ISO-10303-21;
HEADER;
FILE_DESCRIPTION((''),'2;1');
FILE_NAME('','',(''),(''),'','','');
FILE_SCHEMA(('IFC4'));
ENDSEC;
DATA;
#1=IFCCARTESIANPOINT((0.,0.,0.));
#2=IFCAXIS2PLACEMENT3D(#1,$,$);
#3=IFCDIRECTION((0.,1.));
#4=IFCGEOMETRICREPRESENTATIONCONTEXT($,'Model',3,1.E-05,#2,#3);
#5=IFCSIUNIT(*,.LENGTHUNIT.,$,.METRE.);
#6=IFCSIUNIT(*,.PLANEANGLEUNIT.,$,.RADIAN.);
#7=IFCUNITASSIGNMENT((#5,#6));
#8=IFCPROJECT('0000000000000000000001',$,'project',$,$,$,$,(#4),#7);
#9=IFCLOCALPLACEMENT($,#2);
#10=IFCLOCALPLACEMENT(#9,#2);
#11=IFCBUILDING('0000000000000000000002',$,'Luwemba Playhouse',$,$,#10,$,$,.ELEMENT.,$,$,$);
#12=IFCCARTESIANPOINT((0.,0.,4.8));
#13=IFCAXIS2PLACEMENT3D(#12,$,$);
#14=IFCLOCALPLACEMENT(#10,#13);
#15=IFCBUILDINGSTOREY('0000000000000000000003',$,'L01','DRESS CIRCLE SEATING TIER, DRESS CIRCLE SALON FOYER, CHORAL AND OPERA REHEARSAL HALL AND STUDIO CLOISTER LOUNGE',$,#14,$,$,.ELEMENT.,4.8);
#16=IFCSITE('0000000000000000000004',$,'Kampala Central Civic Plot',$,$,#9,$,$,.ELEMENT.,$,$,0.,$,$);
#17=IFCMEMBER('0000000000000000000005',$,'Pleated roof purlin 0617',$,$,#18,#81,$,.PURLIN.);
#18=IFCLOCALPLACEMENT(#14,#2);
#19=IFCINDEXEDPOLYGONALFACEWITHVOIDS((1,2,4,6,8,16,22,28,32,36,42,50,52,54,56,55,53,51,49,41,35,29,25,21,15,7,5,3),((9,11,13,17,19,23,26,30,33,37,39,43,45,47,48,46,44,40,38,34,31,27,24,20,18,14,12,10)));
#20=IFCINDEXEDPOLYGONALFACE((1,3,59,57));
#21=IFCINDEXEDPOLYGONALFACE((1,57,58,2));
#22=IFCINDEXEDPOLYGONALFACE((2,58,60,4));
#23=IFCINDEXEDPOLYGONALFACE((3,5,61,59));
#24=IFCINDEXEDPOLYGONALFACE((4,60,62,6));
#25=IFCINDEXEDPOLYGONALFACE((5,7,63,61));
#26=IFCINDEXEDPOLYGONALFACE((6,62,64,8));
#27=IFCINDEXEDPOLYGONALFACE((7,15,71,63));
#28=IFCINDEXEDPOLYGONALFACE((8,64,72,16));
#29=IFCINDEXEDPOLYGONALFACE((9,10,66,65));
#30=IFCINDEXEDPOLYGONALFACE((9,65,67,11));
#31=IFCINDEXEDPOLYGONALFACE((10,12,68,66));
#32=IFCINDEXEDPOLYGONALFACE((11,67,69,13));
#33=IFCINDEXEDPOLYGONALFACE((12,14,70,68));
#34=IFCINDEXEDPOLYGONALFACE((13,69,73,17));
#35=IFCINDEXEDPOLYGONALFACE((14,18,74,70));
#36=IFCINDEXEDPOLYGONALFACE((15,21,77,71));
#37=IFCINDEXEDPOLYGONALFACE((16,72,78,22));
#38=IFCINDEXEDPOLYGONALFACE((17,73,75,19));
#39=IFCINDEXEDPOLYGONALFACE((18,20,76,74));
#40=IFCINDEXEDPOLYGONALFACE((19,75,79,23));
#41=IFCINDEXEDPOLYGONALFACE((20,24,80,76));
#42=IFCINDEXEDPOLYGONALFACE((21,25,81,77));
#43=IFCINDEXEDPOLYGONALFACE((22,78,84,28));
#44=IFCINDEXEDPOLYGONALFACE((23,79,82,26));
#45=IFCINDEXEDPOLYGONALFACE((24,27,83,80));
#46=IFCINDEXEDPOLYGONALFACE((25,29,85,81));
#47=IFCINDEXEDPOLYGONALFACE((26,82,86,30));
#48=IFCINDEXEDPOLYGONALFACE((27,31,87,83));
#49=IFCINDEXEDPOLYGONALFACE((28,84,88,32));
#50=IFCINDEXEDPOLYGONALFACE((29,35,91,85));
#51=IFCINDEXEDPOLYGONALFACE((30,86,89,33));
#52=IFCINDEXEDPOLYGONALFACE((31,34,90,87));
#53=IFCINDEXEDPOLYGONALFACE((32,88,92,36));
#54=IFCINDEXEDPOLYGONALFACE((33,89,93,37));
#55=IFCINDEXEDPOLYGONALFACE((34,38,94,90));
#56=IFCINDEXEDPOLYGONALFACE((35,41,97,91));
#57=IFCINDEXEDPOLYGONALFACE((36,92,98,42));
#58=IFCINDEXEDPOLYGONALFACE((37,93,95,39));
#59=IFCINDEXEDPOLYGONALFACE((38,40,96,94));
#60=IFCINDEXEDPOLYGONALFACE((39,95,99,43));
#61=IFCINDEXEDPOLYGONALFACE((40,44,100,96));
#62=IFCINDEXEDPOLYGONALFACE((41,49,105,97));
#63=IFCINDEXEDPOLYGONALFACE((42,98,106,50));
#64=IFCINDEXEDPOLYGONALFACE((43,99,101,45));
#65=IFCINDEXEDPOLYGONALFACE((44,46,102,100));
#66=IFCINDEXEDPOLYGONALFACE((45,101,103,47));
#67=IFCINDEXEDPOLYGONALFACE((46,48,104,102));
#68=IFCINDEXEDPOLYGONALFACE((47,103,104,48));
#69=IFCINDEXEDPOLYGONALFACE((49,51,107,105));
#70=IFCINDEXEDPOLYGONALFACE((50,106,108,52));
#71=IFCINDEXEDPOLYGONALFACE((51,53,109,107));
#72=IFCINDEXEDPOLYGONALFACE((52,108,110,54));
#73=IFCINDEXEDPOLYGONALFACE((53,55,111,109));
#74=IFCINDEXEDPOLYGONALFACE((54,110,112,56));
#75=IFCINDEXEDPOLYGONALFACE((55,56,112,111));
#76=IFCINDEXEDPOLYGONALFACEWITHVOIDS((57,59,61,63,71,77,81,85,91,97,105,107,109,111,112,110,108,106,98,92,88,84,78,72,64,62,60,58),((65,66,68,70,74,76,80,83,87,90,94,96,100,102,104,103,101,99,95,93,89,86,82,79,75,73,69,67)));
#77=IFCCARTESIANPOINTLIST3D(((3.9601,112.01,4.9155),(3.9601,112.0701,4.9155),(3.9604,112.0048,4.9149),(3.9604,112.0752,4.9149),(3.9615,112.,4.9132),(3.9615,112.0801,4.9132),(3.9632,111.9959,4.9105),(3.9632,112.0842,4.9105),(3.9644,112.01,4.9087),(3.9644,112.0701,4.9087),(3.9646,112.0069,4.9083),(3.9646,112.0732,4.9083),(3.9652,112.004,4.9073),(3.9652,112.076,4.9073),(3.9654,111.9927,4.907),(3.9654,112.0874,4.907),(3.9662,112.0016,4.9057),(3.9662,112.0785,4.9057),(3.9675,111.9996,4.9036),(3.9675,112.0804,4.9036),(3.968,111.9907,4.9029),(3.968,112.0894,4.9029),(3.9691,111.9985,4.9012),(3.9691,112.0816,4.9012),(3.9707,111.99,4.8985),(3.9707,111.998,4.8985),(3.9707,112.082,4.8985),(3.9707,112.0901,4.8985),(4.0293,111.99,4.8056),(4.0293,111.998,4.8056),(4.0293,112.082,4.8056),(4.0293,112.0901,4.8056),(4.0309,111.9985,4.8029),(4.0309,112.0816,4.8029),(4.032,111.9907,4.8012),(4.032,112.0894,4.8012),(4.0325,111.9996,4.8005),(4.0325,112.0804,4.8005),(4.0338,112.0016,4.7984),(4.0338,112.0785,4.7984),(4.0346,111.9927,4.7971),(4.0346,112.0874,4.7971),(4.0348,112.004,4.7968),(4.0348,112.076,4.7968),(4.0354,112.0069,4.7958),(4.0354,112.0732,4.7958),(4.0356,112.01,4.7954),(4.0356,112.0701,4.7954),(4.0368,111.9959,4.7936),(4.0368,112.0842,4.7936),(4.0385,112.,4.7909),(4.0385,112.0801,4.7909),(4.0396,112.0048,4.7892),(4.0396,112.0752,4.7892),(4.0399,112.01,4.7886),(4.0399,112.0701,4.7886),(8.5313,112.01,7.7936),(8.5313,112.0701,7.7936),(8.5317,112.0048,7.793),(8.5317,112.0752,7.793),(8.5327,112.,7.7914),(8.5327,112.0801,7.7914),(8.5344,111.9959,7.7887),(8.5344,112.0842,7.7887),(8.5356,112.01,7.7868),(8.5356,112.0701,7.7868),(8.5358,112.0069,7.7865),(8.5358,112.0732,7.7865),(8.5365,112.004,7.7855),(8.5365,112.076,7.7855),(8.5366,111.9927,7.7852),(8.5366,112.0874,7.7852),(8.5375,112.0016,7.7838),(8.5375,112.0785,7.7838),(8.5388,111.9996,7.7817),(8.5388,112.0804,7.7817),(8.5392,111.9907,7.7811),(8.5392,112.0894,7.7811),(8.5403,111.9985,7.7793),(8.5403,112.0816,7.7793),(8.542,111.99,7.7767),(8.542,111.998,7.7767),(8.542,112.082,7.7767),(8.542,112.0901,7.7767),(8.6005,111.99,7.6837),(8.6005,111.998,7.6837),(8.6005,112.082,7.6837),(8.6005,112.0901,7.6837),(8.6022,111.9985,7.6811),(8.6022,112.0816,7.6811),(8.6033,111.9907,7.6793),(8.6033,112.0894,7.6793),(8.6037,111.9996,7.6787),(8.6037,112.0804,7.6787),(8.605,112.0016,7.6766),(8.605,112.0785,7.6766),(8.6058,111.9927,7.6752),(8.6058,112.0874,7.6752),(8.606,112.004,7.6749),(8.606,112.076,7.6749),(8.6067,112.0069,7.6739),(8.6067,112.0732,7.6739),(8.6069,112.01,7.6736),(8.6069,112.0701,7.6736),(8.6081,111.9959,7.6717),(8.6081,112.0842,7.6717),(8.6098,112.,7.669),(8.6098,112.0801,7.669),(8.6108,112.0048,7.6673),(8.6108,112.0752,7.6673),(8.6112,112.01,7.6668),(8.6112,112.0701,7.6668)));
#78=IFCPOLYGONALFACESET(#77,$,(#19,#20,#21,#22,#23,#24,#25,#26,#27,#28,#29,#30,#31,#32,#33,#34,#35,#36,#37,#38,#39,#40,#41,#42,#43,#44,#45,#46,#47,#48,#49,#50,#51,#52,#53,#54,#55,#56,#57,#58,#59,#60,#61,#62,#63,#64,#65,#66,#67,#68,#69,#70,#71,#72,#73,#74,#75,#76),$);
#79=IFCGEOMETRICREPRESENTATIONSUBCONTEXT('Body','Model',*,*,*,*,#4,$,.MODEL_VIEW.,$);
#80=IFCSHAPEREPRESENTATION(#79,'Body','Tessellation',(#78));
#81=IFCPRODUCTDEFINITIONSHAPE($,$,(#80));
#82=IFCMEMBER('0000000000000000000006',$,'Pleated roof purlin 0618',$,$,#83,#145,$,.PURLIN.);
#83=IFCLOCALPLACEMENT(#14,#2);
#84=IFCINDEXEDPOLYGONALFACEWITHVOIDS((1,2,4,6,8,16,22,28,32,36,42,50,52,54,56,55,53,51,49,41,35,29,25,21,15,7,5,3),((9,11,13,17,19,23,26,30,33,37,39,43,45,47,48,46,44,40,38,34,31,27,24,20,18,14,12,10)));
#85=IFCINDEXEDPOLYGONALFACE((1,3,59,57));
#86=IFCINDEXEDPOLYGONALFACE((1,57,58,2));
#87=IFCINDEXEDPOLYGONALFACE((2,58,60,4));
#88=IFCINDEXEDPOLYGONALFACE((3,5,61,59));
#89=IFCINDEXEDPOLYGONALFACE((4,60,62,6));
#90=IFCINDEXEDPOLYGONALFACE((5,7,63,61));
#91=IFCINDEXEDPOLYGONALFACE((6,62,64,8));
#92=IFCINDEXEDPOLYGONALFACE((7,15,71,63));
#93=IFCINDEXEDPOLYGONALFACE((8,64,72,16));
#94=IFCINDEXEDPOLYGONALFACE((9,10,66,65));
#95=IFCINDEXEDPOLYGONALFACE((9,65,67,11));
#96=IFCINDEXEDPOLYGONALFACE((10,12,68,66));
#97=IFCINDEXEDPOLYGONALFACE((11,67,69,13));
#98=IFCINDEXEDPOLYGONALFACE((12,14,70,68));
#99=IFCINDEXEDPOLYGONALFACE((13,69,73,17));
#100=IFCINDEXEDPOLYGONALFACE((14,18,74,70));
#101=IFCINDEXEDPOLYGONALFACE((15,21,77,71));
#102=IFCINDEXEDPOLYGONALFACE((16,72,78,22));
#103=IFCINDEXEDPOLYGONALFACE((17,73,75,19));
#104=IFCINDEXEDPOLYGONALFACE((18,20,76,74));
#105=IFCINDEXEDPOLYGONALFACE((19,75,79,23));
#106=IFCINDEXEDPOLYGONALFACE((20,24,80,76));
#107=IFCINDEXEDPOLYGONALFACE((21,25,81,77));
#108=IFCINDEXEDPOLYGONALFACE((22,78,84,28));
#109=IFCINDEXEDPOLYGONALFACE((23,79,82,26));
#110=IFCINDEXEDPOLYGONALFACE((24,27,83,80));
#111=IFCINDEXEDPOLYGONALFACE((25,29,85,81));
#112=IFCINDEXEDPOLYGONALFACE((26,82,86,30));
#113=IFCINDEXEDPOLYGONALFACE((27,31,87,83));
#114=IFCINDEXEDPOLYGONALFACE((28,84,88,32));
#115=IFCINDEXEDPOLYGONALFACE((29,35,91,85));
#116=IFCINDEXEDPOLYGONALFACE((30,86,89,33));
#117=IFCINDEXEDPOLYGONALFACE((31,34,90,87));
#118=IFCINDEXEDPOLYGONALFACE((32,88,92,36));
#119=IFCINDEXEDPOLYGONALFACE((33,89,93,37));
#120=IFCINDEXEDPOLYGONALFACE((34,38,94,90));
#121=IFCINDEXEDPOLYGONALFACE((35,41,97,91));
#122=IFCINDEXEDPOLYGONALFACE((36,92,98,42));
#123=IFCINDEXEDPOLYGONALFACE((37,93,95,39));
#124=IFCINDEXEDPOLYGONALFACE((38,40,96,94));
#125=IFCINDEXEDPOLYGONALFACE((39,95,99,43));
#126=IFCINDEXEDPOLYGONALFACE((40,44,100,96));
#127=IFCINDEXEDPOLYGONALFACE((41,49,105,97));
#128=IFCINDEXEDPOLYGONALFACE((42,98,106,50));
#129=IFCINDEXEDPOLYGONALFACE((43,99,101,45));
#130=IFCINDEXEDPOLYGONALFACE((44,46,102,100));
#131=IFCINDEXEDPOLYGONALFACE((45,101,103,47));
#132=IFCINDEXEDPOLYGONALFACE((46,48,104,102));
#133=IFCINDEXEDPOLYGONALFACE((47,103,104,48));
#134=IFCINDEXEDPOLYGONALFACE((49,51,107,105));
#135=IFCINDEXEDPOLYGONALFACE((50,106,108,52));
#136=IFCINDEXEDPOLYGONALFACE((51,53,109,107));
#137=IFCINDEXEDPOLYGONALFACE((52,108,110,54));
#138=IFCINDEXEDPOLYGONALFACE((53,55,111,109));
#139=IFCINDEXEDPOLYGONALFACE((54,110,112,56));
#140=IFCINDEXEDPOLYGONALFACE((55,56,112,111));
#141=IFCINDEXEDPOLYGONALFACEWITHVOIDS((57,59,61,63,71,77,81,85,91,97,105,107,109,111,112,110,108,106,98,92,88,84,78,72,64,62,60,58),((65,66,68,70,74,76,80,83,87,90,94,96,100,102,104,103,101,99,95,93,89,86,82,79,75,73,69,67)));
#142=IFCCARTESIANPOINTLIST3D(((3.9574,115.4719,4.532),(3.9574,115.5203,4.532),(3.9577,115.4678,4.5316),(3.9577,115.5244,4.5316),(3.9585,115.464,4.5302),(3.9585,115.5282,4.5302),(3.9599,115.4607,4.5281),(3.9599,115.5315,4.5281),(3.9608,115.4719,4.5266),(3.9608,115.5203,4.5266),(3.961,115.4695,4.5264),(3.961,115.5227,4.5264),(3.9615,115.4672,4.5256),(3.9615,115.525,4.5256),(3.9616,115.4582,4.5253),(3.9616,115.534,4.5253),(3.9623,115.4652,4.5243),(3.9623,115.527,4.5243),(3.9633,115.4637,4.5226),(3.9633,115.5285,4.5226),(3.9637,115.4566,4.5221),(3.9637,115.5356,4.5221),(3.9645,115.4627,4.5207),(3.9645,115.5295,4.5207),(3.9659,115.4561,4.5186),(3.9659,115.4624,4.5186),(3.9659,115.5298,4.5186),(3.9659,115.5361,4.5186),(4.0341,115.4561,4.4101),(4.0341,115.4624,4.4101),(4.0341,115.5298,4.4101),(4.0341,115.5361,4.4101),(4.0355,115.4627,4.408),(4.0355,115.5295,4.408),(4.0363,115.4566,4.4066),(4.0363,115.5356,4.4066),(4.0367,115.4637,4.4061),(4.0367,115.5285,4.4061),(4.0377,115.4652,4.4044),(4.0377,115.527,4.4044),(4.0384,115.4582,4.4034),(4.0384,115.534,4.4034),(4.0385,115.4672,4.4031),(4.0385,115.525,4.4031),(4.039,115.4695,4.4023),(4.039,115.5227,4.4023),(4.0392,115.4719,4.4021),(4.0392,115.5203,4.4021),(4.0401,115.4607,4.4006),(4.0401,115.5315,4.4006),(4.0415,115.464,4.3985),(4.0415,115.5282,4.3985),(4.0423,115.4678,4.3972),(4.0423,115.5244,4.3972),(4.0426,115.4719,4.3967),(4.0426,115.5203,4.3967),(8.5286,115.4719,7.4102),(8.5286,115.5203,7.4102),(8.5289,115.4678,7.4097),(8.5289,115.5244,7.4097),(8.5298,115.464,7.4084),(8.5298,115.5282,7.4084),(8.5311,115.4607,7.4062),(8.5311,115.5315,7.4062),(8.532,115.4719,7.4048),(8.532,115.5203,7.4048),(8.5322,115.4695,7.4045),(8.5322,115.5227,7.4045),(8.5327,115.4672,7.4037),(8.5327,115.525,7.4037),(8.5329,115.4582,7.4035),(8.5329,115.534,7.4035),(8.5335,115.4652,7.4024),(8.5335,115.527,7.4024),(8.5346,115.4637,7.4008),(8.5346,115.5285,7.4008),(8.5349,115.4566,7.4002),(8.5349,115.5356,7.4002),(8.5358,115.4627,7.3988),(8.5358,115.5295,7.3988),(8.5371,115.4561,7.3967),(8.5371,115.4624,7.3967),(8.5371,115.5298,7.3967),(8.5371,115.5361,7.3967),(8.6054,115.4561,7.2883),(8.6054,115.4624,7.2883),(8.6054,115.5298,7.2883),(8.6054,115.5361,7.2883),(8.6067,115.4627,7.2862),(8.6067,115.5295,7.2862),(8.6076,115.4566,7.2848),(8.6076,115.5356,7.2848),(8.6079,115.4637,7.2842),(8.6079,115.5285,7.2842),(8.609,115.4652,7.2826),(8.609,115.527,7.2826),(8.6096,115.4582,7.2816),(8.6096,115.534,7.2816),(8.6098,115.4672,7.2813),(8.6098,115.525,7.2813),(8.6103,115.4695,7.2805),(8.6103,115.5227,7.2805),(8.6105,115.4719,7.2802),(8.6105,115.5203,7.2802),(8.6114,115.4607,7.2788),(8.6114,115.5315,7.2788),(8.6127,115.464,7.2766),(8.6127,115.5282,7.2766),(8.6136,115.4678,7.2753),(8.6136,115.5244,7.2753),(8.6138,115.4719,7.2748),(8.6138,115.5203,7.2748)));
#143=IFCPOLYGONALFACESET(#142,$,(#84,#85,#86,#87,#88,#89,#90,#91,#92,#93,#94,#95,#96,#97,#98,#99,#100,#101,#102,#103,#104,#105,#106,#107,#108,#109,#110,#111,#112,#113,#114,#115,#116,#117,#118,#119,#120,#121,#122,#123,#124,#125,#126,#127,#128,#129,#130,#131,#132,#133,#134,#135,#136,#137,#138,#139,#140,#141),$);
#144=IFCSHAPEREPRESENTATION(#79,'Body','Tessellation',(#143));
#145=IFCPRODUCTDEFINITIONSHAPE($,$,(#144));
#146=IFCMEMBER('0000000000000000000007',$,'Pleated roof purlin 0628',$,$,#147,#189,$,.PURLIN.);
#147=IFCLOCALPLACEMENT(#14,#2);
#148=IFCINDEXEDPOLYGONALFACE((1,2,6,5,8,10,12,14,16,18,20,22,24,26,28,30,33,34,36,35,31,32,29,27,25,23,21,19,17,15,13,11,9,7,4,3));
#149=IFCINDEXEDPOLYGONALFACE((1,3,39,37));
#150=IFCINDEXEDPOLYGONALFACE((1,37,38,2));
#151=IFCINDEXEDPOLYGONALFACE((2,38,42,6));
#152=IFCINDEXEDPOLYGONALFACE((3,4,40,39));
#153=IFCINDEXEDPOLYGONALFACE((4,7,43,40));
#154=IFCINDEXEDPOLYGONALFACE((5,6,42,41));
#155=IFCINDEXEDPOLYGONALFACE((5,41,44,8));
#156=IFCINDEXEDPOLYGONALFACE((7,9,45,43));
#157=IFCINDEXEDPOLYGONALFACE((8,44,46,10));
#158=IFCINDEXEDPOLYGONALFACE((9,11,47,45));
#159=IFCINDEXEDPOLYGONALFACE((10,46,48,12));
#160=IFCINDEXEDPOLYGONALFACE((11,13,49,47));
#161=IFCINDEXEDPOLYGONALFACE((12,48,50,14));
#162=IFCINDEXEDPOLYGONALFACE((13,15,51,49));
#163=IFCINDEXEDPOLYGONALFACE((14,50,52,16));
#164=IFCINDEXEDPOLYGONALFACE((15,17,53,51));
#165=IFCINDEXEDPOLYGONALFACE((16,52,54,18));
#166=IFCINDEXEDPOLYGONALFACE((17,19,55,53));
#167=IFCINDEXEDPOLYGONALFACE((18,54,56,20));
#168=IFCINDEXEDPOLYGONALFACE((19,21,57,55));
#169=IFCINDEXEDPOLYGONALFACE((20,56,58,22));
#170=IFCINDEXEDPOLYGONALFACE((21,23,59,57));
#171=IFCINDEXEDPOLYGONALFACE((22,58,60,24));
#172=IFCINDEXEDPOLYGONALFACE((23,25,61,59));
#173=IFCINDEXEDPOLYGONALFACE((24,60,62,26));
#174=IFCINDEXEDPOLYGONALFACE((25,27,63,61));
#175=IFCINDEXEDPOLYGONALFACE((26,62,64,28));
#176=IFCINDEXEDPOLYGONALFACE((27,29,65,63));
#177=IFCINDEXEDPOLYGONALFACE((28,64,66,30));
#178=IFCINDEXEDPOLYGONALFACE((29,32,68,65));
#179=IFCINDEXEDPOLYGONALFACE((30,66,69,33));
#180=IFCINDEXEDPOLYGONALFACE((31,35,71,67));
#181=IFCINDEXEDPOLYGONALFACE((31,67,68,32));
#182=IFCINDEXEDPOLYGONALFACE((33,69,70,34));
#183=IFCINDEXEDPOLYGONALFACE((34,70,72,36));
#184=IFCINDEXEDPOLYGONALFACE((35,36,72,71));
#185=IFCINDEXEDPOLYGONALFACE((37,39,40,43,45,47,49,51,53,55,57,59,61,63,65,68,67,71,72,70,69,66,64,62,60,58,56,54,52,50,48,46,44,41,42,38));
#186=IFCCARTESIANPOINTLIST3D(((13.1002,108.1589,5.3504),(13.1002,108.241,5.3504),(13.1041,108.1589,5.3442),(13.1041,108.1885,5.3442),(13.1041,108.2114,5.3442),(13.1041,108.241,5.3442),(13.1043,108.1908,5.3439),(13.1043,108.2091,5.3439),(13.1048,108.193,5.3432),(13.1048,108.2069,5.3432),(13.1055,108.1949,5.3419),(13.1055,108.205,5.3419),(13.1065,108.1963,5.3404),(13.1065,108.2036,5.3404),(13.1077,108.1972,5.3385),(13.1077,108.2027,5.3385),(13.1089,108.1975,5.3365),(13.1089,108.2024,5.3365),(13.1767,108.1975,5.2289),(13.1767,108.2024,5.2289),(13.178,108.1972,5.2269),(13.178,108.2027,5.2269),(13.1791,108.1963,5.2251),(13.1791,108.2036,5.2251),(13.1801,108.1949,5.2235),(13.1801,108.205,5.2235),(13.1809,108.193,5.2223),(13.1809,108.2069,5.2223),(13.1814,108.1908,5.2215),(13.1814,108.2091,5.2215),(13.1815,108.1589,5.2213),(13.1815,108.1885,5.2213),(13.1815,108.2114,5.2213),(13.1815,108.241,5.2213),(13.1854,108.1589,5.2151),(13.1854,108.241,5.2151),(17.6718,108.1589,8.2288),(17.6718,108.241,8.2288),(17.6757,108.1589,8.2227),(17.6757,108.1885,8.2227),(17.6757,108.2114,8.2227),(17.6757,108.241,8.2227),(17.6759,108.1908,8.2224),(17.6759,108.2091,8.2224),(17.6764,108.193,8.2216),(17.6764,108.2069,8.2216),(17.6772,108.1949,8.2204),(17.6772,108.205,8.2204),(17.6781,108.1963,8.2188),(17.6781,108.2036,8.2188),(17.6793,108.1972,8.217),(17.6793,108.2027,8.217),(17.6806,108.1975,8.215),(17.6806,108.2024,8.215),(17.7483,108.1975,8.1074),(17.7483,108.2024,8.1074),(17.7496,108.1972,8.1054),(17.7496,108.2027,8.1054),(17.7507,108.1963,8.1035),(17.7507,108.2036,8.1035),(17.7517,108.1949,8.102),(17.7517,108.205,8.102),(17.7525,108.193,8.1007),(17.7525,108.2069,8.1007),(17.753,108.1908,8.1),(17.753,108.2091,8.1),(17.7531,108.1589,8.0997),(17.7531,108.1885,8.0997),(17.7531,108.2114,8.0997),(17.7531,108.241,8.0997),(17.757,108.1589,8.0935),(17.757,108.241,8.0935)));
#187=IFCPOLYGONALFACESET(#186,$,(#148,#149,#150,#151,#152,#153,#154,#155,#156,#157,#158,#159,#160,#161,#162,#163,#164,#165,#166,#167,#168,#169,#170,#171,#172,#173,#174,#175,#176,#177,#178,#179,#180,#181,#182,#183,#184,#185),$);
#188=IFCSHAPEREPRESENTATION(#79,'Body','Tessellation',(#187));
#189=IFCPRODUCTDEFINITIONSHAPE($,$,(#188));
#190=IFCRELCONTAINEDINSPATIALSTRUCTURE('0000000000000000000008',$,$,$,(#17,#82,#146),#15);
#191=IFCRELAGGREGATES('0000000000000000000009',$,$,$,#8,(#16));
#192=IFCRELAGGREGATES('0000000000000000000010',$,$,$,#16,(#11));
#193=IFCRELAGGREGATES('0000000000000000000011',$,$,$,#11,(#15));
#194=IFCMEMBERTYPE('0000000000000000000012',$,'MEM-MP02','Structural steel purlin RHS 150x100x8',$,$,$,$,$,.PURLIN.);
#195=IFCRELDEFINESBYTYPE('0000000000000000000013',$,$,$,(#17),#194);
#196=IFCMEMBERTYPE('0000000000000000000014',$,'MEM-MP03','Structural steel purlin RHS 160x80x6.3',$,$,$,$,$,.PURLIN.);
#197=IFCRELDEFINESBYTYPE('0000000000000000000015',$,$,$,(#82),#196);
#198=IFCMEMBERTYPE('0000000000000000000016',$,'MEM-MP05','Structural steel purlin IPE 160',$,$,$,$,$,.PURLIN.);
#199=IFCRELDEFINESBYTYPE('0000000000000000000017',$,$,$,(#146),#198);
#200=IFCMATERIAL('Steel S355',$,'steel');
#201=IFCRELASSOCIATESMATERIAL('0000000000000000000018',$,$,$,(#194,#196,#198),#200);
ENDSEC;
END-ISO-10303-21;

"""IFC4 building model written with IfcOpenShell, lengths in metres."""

from ifc_helpers import new_model, si_unit, direction, frame, origin, origin_2d, place, context, subcontext, project, spatial, hollow_rectangle, i_section, extrude, material, material_profile, profile_set, type_object, element, save


model = new_model("IFC4")

# Units and contexts
model_context = context("Model", 3, precision=1e-05, world=origin(), true_north=direction((0.0, 1.0)))
body_context = subcontext(model_context, "Body", "Model", "MODEL_VIEW")
ifc_project = project(units=[si_unit("LENGTHUNIT", "METRE"), si_unit("PLANEANGLEUNIT", "RADIAN")], contexts=[model_context])

# Site, building, storey
site_placement = place(None, origin())
site = spatial("IfcSite", under=ifc_project, at=site_placement, Name="Kampala Central Civic Plot", CompositionType="ELEMENT", RefElevation=0.0)
building_placement = place(site_placement, origin())
building = spatial("IfcBuilding", under=site, at=building_placement, Name="Luwemba Playhouse", CompositionType="ELEMENT")
storey_placement = place(building_placement, frame((0.0, 0.0, 4.8)))
storey = spatial("IfcBuildingStorey", under=building, at=storey_placement, Name="L01", Description="DRESS CIRCLE SEATING TIER, DRESS CIRCLE SALON FOYER, CHORAL AND OPERA REHEARSAL HALL AND STUDIO CLOISTER LOUNGE", CompositionType="ELEMENT", Elevation=4.8)

# Shared definitions
ifc_material_1 = material(Name="Steel S355", Category="steel")

# Members
ifc_material_profile_1 = material_profile(ifc_material_1, hollow_rectangle(XDim=0.1001, YDim=0.1499, WallThickness=0.0081, InnerFilletRadius=0.012, OuterFilletRadius=0.02, at=origin_2d()))
ifc_profile_set_1 = profile_set([ifc_material_profile_1], Name="Steel S355")
member_type_1 = type_object("IfcMemberType", Name="MEM-MP02", Description="Structural steel purlin RHS 150x100x8", PredefinedType="PURLIN", material=ifc_profile_set_1)
member_1_placement = place(storey_placement, frame((4.0, 112.04, 4.8521), z_axis=(0.846237, 0.0, 0.532807), x_axis=(0.0, 1.0, 0.0)))
element("IfcMember", 1, at=member_1_placement, inside=storey, type_object=member_type_1, Name="Pleated roof purlin 0617", PredefinedType="PURLIN", context=body_context, shape_type="SweptSolid", body=[
    extrude(hollow_rectangle(XDim=0.1001, YDim=0.1499, WallThickness=0.0081, InnerFilletRadius=0.012, OuterFilletRadius=0.02, at=origin_2d()), origin(), (0.0, 0.0, 1.0), 5.4019),
])
ifc_material_profile_2 = material_profile(ifc_material_1, hollow_rectangle(XDim=0.0801, YDim=0.1599, WallThickness=0.0063, InnerFilletRadius=0.0095, OuterFilletRadius=0.0159, at=origin_2d()))
ifc_profile_set_2 = profile_set([ifc_material_profile_2], Name="Steel S355")
member_type_2 = type_object("IfcMemberType", Name="MEM-MP03", Description="Structural steel purlin RHS 160x80x6.3", PredefinedType="PURLIN", material=ifc_profile_set_2)
member_2_placement = place(storey_placement, frame((4.0, 115.4961, 4.4644), z_axis=(0.846237, 0.0, 0.532807), x_axis=(0.0, 1.0, 0.0)))
element("IfcMember", 2, at=member_2_placement, inside=storey, type_object=member_type_2, Name="Pleated roof purlin 0618", PredefinedType="PURLIN", context=body_context, shape_type="SweptSolid", body=[
    extrude(hollow_rectangle(XDim=0.0801, YDim=0.1599, WallThickness=0.0063, InnerFilletRadius=0.0095, OuterFilletRadius=0.0159, at=origin_2d()), origin(), (0.0, 0.0, 1.0), 5.4019),
])
ifc_material_profile_3 = material_profile(ifc_material_1, i_section(OverallWidth=0.082, OverallDepth=0.1599, WebThickness=0.0049, FlangeThickness=0.0073, FilletRadius=0.009, at=origin_2d()))
ifc_profile_set_3 = profile_set([ifc_material_profile_3], Name="Steel S355")
member_type_3 = type_object("IfcMemberType", Name="MEM-MP05", Description="Structural steel purlin IPE 160", PredefinedType="PURLIN", material=ifc_profile_set_3)
member_3_placement = place(storey_placement, frame((13.1428, 108.2, 5.2827), z_axis=(0.846229, 0.0, 0.532819), x_axis=(0.0, 1.0, 0.0)))
element("IfcMember", 3, at=member_3_placement, inside=storey, type_object=member_type_3, Name="Pleated roof purlin 0628", PredefinedType="PURLIN", context=body_context, shape_type="SweptSolid", body=[
    extrude(i_section(OverallWidth=0.082, OverallDepth=0.1599, WebThickness=0.0049, FlangeThickness=0.0073, FilletRadius=0.009, at=origin_2d()), origin(), (0.0, 0.0, 1.0), 5.4023),
])

save(model, "model.ifc")
